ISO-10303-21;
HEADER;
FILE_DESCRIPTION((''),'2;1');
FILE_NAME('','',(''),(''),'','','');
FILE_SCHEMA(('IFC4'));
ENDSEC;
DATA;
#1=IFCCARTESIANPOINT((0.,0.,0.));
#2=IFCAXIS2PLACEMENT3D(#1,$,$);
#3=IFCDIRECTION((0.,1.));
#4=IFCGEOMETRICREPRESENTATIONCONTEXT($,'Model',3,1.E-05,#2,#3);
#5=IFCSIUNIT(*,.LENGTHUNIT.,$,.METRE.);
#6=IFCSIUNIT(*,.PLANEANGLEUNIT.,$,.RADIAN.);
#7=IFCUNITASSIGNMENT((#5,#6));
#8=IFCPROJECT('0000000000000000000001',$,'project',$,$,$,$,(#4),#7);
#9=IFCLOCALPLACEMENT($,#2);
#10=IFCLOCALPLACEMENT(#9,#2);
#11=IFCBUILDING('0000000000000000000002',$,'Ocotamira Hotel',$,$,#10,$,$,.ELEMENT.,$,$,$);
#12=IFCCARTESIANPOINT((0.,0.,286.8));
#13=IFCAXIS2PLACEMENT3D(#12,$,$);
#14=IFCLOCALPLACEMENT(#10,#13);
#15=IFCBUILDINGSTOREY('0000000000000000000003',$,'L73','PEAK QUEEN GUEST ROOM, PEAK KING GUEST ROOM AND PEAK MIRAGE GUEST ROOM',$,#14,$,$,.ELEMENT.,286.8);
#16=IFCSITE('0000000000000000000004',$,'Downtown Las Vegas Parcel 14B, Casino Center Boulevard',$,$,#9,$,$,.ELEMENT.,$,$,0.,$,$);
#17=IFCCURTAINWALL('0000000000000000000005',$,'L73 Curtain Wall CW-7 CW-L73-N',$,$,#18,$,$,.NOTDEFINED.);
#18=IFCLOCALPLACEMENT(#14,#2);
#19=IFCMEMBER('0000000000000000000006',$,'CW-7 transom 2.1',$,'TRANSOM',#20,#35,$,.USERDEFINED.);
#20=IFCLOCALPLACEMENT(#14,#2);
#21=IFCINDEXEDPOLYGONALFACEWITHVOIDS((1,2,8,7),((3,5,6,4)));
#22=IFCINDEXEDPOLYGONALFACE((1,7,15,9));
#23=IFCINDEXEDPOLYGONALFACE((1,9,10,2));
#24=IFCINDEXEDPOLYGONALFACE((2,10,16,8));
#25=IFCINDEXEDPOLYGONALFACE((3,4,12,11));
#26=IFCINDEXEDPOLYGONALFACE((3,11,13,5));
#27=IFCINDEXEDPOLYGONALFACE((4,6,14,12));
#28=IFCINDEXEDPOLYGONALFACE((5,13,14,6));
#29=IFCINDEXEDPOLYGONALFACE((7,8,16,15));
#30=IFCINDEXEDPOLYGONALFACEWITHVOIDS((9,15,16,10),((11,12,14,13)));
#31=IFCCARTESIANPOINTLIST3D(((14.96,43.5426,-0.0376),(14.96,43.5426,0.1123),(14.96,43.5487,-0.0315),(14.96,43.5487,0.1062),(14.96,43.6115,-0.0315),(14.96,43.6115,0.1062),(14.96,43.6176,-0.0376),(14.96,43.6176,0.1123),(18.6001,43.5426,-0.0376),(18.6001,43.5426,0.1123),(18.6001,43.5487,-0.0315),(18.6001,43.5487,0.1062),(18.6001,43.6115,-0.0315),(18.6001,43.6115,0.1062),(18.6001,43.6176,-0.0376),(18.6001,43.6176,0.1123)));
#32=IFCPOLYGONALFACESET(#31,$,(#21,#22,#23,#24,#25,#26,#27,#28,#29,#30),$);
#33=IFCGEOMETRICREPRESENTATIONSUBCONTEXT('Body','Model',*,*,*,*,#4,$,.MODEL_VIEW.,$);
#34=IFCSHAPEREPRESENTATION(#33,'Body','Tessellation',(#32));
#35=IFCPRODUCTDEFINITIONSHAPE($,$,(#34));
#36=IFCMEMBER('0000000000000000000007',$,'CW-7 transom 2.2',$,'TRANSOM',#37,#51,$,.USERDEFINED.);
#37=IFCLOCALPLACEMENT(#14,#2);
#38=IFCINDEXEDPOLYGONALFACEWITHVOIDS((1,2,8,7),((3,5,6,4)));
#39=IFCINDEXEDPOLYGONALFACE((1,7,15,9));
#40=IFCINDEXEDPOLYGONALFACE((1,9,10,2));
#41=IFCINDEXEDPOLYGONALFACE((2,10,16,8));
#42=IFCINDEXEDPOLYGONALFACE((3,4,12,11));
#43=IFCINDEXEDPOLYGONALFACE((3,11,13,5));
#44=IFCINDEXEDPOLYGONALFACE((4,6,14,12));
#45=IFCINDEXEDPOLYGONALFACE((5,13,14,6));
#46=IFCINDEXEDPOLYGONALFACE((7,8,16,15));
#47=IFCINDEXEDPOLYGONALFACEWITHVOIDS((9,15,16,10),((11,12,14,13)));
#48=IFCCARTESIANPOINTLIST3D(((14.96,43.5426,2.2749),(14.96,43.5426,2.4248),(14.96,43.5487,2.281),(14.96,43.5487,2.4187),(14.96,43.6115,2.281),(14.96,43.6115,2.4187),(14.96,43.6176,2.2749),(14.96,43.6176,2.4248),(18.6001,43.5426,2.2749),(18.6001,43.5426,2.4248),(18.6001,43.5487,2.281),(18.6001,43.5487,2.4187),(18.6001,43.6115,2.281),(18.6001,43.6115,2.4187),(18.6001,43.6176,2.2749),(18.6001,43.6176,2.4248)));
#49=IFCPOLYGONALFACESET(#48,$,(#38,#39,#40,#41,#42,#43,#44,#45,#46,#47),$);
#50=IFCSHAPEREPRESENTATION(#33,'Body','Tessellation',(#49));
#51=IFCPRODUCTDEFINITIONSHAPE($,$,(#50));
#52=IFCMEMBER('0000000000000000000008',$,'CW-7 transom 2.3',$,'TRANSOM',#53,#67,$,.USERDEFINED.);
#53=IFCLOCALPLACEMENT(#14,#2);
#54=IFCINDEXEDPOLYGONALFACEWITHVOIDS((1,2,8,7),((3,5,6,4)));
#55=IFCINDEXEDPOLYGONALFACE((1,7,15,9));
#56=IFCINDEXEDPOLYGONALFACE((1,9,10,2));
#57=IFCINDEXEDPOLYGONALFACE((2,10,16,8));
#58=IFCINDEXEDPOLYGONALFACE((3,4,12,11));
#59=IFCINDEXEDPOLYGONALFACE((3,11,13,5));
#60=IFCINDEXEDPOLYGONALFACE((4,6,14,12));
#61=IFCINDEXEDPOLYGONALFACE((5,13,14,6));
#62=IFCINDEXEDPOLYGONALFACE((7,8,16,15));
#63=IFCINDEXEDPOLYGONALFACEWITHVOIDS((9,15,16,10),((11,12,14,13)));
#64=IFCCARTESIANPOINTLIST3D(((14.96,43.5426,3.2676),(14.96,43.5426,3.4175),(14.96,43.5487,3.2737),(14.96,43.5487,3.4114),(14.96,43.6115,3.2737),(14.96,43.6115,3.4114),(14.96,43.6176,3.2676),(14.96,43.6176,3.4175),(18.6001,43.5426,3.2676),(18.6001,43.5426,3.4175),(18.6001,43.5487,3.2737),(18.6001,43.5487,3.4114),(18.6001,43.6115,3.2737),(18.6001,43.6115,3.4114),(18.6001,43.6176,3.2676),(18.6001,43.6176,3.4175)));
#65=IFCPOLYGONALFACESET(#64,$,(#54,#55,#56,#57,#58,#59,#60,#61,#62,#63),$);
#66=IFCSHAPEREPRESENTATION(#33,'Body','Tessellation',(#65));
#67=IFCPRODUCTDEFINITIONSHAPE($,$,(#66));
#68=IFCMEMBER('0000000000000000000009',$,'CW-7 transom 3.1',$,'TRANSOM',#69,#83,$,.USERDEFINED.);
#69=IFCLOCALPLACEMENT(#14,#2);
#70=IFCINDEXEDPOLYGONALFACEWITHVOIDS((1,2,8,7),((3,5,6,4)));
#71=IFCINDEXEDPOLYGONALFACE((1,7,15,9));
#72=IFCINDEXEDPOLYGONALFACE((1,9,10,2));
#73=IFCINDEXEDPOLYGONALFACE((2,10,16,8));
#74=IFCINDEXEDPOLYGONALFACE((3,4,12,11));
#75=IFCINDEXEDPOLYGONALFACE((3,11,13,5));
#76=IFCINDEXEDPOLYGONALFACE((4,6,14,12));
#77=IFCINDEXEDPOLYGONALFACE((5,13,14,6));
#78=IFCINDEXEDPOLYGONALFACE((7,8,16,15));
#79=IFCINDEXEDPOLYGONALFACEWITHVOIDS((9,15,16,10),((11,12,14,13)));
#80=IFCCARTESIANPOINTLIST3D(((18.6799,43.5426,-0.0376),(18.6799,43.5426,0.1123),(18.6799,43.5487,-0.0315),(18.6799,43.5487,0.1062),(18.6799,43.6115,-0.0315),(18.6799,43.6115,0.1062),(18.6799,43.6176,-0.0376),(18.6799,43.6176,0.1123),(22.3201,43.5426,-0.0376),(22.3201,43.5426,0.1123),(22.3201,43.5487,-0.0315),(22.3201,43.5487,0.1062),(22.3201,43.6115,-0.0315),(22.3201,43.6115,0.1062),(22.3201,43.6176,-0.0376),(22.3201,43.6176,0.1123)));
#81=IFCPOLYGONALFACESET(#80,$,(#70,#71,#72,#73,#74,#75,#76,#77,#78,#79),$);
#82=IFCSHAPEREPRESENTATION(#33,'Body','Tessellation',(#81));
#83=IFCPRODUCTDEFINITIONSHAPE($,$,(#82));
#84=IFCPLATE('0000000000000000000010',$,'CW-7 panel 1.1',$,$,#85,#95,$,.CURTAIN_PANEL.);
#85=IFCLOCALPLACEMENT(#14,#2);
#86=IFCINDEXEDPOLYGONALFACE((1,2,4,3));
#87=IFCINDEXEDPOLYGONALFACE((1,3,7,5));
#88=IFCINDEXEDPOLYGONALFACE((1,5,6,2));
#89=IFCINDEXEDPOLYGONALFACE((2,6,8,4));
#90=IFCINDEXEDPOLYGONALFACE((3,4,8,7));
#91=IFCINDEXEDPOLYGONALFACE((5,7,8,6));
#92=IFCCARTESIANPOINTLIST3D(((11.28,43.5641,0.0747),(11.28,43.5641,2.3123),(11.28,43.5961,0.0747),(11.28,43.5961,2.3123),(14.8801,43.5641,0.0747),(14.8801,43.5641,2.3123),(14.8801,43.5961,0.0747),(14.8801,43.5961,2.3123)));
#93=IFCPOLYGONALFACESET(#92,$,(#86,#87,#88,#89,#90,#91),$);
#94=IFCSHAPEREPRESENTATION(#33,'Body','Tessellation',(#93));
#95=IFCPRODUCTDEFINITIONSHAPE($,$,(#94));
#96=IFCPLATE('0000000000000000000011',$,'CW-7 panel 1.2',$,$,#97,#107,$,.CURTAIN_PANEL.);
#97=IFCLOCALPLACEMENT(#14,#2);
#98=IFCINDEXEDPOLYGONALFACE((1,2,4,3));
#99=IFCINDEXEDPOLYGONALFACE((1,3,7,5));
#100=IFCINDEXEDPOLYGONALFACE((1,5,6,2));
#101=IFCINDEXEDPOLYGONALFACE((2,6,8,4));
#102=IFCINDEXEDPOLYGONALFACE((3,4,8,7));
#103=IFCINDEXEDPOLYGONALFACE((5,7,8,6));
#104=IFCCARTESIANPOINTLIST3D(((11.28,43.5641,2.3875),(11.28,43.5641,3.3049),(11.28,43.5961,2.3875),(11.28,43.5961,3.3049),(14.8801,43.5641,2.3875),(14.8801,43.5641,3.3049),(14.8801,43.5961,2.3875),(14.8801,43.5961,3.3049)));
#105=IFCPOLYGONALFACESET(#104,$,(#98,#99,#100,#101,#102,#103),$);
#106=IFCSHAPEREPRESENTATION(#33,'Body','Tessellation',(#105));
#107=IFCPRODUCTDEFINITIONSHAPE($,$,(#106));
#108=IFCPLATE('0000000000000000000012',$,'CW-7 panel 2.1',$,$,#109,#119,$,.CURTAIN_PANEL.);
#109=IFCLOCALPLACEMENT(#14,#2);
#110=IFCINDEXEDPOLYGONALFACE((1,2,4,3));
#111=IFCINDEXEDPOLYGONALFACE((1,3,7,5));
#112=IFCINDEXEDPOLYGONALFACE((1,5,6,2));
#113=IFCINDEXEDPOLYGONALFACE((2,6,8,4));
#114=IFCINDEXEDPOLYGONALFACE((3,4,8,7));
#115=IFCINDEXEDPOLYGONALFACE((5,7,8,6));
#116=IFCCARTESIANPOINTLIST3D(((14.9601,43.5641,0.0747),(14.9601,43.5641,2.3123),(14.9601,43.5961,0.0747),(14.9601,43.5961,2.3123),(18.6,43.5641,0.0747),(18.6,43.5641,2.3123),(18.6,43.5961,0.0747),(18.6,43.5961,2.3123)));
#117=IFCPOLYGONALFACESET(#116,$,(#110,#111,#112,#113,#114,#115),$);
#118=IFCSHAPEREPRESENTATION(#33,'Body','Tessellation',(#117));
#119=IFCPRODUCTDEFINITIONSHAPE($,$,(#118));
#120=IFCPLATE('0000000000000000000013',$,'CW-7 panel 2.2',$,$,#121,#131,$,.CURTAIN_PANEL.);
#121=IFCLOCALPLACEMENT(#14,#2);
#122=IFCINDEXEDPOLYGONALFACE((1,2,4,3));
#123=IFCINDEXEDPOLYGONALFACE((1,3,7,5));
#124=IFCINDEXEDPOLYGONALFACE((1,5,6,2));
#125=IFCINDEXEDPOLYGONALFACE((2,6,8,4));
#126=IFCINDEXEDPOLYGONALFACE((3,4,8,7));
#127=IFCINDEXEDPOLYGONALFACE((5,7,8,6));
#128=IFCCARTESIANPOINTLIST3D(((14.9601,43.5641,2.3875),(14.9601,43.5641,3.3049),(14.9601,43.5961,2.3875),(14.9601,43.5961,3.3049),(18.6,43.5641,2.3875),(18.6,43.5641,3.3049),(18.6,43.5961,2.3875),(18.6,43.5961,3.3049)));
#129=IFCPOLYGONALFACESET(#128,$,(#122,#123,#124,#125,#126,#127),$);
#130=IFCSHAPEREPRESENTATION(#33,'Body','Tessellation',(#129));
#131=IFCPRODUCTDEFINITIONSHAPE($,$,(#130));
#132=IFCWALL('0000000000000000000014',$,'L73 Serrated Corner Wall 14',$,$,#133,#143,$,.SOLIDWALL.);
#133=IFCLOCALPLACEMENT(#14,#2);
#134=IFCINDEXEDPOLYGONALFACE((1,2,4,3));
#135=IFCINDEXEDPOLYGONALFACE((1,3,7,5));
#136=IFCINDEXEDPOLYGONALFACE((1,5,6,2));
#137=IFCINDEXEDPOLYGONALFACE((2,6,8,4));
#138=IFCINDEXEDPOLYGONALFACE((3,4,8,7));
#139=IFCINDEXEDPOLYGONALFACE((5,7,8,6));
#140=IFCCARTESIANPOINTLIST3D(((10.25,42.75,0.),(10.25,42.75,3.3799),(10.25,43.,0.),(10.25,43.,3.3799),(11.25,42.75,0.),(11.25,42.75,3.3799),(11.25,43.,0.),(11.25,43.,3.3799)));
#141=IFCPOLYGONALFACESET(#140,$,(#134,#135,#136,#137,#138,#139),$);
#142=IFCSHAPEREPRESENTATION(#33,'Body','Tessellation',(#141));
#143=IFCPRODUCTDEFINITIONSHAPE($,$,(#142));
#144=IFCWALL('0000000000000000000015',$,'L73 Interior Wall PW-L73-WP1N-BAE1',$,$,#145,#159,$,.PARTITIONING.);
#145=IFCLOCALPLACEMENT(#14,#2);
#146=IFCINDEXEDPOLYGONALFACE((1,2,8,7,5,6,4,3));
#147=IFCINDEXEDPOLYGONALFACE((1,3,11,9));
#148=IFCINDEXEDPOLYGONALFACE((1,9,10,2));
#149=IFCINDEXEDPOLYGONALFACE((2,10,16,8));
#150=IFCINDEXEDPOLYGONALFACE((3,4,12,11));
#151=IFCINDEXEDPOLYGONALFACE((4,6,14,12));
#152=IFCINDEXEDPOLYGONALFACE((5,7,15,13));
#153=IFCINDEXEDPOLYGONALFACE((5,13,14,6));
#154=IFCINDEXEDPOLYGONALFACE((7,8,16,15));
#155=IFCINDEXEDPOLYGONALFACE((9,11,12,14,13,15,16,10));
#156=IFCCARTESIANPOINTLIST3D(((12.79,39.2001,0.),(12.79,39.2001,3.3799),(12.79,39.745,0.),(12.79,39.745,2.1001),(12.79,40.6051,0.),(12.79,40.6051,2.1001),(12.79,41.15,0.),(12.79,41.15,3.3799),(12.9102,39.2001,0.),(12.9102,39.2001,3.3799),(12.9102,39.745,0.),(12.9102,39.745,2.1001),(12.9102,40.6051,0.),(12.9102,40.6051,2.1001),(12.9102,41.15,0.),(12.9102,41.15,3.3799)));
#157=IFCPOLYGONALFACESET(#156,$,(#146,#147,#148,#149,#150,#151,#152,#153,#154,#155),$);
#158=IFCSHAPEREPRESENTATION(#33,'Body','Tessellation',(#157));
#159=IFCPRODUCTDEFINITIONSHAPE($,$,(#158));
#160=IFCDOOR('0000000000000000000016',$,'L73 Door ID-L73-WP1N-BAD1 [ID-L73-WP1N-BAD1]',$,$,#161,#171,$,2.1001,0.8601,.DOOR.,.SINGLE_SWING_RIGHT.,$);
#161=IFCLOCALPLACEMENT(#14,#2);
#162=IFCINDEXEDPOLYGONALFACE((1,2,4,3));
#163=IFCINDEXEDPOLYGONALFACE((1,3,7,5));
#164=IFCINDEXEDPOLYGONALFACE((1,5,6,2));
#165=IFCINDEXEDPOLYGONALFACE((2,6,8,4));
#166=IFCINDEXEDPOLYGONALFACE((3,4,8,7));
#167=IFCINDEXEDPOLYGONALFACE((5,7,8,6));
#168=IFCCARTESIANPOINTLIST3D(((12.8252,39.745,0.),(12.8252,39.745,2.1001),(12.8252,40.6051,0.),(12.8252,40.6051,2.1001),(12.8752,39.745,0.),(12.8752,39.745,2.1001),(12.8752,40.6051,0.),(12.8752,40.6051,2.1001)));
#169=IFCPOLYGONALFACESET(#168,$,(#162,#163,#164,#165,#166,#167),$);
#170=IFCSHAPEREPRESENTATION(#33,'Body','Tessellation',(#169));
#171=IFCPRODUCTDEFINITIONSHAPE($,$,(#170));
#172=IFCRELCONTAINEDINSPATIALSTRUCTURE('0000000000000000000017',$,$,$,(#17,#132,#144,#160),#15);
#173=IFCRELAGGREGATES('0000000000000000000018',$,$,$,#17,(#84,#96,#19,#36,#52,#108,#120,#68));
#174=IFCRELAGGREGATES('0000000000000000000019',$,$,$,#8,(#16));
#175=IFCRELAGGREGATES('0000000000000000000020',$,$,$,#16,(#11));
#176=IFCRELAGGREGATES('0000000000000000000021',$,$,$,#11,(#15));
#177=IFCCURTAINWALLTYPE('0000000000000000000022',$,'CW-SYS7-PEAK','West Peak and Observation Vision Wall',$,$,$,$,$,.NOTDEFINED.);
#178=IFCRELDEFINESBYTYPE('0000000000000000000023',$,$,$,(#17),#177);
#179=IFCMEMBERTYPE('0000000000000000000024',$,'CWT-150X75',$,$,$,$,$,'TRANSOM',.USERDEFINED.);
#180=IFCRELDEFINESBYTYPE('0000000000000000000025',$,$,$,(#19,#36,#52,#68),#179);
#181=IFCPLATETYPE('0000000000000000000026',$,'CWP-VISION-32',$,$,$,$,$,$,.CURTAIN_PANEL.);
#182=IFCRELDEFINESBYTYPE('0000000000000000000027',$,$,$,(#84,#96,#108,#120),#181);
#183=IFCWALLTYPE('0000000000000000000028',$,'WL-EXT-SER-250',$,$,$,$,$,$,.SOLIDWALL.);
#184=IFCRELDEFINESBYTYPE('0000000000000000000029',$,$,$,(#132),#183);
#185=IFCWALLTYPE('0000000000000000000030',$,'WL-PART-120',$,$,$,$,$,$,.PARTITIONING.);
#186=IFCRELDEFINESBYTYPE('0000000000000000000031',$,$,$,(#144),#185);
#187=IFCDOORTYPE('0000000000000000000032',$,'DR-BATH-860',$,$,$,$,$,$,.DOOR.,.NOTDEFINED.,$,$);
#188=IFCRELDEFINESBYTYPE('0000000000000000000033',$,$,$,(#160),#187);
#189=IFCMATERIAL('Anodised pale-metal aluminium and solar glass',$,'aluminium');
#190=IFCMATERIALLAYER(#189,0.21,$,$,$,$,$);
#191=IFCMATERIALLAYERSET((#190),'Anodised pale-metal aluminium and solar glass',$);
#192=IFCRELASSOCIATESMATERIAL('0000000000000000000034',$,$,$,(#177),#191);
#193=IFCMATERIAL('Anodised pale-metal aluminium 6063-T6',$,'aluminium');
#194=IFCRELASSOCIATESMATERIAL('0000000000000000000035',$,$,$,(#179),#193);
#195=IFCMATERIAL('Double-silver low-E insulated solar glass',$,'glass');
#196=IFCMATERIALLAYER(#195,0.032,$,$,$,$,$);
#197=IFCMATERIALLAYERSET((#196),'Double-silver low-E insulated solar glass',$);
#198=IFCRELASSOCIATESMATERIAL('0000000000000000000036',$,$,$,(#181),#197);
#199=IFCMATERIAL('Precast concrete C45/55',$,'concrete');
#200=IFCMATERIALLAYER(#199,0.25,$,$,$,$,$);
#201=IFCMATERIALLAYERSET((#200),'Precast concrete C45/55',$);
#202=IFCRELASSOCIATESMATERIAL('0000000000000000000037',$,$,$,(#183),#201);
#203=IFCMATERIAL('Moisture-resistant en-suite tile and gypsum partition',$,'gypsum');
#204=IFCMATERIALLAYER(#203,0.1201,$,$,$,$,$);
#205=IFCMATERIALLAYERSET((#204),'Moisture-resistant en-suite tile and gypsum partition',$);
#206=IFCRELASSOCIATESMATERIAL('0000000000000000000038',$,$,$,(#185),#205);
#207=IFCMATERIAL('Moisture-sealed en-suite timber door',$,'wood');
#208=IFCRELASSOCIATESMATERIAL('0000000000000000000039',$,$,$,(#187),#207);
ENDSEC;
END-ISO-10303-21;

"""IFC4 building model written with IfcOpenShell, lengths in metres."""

from ifc_helpers import new_model, si_unit, direction, frame, frame_2d, origin, origin_2d, place, context, subcontext, project, spatial, rectangle, hollow_rectangle, extrude, source, transform, mapped, material, layer, layer_set, material_profile, profile_set, type_object, element, fill, aggregate, save


model = new_model("IFC4")

# Units and contexts
model_context = context("Model", 3, precision=1e-05, world=origin(), true_north=direction((0.0, 1.0)))
body_context = subcontext(model_context, "Body", "Model", "MODEL_VIEW")
ifc_project = project(units=[si_unit("LENGTHUNIT", "METRE"), si_unit("PLANEANGLEUNIT", "RADIAN")], contexts=[model_context])

# Site, building, storey
site_placement = place(None, origin())
site = spatial("IfcSite", under=ifc_project, at=site_placement, Name="Downtown Las Vegas Parcel 14B, Casino Center Boulevard", CompositionType="ELEMENT", RefElevation=0.0)
building_placement = place(site_placement, origin())
building = spatial("IfcBuilding", under=site, at=building_placement, Name="Ocotamira Hotel", CompositionType="ELEMENT")
storey_placement = place(building_placement, frame((0.0, 0.0, 286.8)))
storey = spatial("IfcBuildingStorey", under=building, at=storey_placement, Name="L73", Description="PEAK QUEEN GUEST ROOM, PEAK KING GUEST ROOM AND PEAK MIRAGE GUEST ROOM", CompositionType="ELEMENT", Elevation=286.8)

# Curtain wall, members, plates
ifc_material_1 = material(Name="Anodised pale-metal aluminium and solar glass", Category="aluminium")
ifc_layer_1 = layer(ifc_material_1, 0.21)
ifc_layer_set_1 = layer_set([ifc_layer_1], Name="Anodised pale-metal aluminium and solar glass")
curtain_wall_type = type_object("IfcCurtainWallType", Name="CW-SYS7-PEAK", Description="West Peak and Observation Vision Wall", PredefinedType="NOTDEFINED", material=ifc_layer_set_1)
curtain_wall_placement = place(storey_placement, origin())
curtain_wall = element("IfcCurtainWall", 1, at=curtain_wall_placement, inside=storey, type_object=curtain_wall_type, Name="L73 Curtain Wall CW-7 CW-L73-N", PredefinedType="NOTDEFINED")
ifc_material_2 = material(Name="Anodised pale-metal aluminium 6063-T6", Category="aluminium")
ifc_material_profile_1 = material_profile(ifc_material_2, hollow_rectangle(XDim=0.075, YDim=0.1499, WallThickness=0.0061, at=origin_2d()), Name="HSS150X75X6")
ifc_profile_set_1 = profile_set([ifc_material_profile_1], Name="Anodised pale-metal aluminium 6063-T6")
member_type_1 = type_object("IfcMemberType", Name="CWT-150X75", ElementType="TRANSOM", PredefinedType="USERDEFINED", material=ifc_profile_set_1)
shared_shape_1 = source(origin(), body_context, "Body", "SweptSolid", [
    extrude(hollow_rectangle(XDim=0.075, YDim=0.1499, WallThickness=0.0061, at=origin_2d()), origin(), (0.0, 0.0, 1.0), 3.6401),
])
member_1_placement = place(storey_placement, frame((14.96, 43.5801, 0.0374), z_axis=(1.0, 0.0, 0.0), x_axis=(0.0, 1.0, 0.0)))
member_1 = element("IfcMember", 2, at=member_1_placement, type_object=member_type_1, Name="CW-7 transom 2.1", ObjectType="TRANSOM", PredefinedType="USERDEFINED", context=body_context, shape_type="MappedRepresentation", body=[
    mapped(shared_shape_1, transform((0.0, 0.0, 0.0), scale=1.0)),
])
member_2_placement = place(storey_placement, frame((14.96, 43.5801, 2.3499), z_axis=(1.0, 0.0, 0.0), x_axis=(0.0, 1.0, 0.0)))
member_2 = element("IfcMember", 3, at=member_2_placement, type_object=member_type_1, Name="CW-7 transom 2.2", ObjectType="TRANSOM", PredefinedType="USERDEFINED", context=body_context, shape_type="MappedRepresentation", body=[
    mapped(shared_shape_1, transform((0.0, 0.0, 0.0), scale=1.0)),
])
member_3_placement = place(storey_placement, frame((14.96, 43.5801, 3.3425), z_axis=(1.0, 0.0, 0.0), x_axis=(0.0, 1.0, 0.0)))
member_3 = element("IfcMember", 4, at=member_3_placement, type_object=member_type_1, Name="CW-7 transom 2.3", ObjectType="TRANSOM", PredefinedType="USERDEFINED", context=body_context, shape_type="MappedRepresentation", body=[
    mapped(shared_shape_1, transform((0.0, 0.0, 0.0), scale=1.0)),
])
member_4_placement = place(storey_placement, frame((18.6799, 43.5801, 0.0374), z_axis=(1.0, 0.0, 0.0), x_axis=(0.0, 1.0, 0.0)))
member_4 = element("IfcMember", 5, at=member_4_placement, type_object=member_type_1, Name="CW-7 transom 3.1", ObjectType="TRANSOM", PredefinedType="USERDEFINED", context=body_context, shape_type="MappedRepresentation", body=[
    mapped(shared_shape_1, transform((0.0, 0.0, 0.0), scale=1.0)),
])
ifc_material_3 = material(Name="Double-silver low-E insulated solar glass", Category="glass")
ifc_layer_2 = layer(ifc_material_3, 0.032)
ifc_layer_set_2 = layer_set([ifc_layer_2], Name="Double-silver low-E insulated solar glass")
plate_type = type_object("IfcPlateType", Name="CWP-VISION-32", PredefinedType="CURTAIN_PANEL", material=ifc_layer_set_2)
shared_shape_2 = source(origin(), body_context, "Body", "SweptSolid", [
    extrude(rectangle(XDim=3.6001, YDim=0.032, at=origin_2d()), origin(), (0.0, 0.0, 1.0), 2.2375),
])
plate_1_placement = place(storey_placement, frame((13.0801, 43.5801, 0.0747), z_axis=(0.0, 0.0, 1.0), x_axis=(1.0, 0.0, 0.0)))
plate_1 = element("IfcPlate", 6, at=plate_1_placement, type_object=plate_type, Name="CW-7 panel 1.1", PredefinedType="CURTAIN_PANEL", context=body_context, shape_type="MappedRepresentation", body=[
    mapped(shared_shape_2, transform((0.0, 0.0, 0.0), scale=1.0)),
])
shared_shape_3 = source(origin(), body_context, "Body", "SweptSolid", [
    extrude(rectangle(XDim=3.6001, YDim=0.032, at=origin_2d()), origin(), (0.0, 0.0, 1.0), 0.9175),
])
plate_2_placement = place(storey_placement, frame((13.0801, 43.5801, 2.3875), z_axis=(0.0, 0.0, 1.0), x_axis=(1.0, 0.0, 0.0)))
plate_2 = element("IfcPlate", 7, at=plate_2_placement, type_object=plate_type, Name="CW-7 panel 1.2", PredefinedType="CURTAIN_PANEL", context=body_context, shape_type="MappedRepresentation", body=[
    mapped(shared_shape_3, transform((0.0, 0.0, 0.0), scale=1.0)),
])
shared_shape_4 = source(origin(), body_context, "Body", "SweptSolid", [
    extrude(rectangle(XDim=3.6399, YDim=0.032, at=origin_2d()), origin(), (0.0, 0.0, 1.0), 2.2375),
])
plate_3_placement = place(storey_placement, frame((16.78, 43.5801, 0.0747), z_axis=(0.0, 0.0, 1.0), x_axis=(1.0, 0.0, 0.0)))
plate_3 = element("IfcPlate", 8, at=plate_3_placement, type_object=plate_type, Name="CW-7 panel 2.1", PredefinedType="CURTAIN_PANEL", context=body_context, shape_type="MappedRepresentation", body=[
    mapped(shared_shape_4, transform((0.0, 0.0, 0.0), scale=1.0)),
])
shared_shape_5 = source(origin(), body_context, "Body", "SweptSolid", [
    extrude(rectangle(XDim=3.6399, YDim=0.032, at=origin_2d()), origin(), (0.0, 0.0, 1.0), 0.9175),
])
plate_4_placement = place(storey_placement, frame((16.78, 43.5801, 2.3875), z_axis=(0.0, 0.0, 1.0), x_axis=(1.0, 0.0, 0.0)))
plate_4 = element("IfcPlate", 9, at=plate_4_placement, type_object=plate_type, Name="CW-7 panel 2.2", PredefinedType="CURTAIN_PANEL", context=body_context, shape_type="MappedRepresentation", body=[
    mapped(shared_shape_5, transform((0.0, 0.0, 0.0), scale=1.0)),
])
aggregate(curtain_wall, [plate_1, plate_2, member_1, member_2, member_3, plate_3, plate_4, member_4])

# Wall
ifc_material_4 = material(Name="Precast concrete C45/55", Category="concrete")
ifc_layer_3 = layer(ifc_material_4, 0.25)
ifc_layer_set_3 = layer_set([ifc_layer_3], Name="Precast concrete C45/55")
wall_type_1 = type_object("IfcWallType", Name="WL-EXT-SER-250", PredefinedType="SOLIDWALL", material=ifc_layer_set_3)
wall_1_placement = place(storey_placement, frame((11.25, 42.875, 0.0), z_axis=(0.0, 0.0, 1.0), x_axis=(-1.0, 0.0, 0.0)))
element("IfcWall", 10, at=wall_1_placement, inside=storey, type_object=wall_type_1, Name="L73 Serrated Corner Wall 14", PredefinedType="SOLIDWALL", context=body_context, shape_type="SweptSolid", body=[
    extrude(rectangle(XDim=1.0, YDim=0.25, at=frame_2d((0.5, 0.0))), origin(), (0.0, 0.0, 1.0), 3.3799),
])

# Wall, opening, door
ifc_material_5 = material(Name="Moisture-resistant en-suite tile and gypsum partition", Category="gypsum")
ifc_layer_4 = layer(ifc_material_5, 0.1201)
ifc_layer_set_4 = layer_set([ifc_layer_4], Name="Moisture-resistant en-suite tile and gypsum partition")
wall_type_2 = type_object("IfcWallType", Name="WL-PART-120", PredefinedType="PARTITIONING", material=ifc_layer_set_4)
wall_2_placement = place(storey_placement, frame((12.8501, 39.2, 0.0), z_axis=(0.0, 0.0, 1.0), x_axis=(0.0, 1.0, 0.0)))
wall_2 = element("IfcWall", 11, at=wall_2_placement, inside=storey, type_object=wall_type_2, Name="L73 Interior Wall PW-L73-WP1N-BAE1", PredefinedType="PARTITIONING", context=body_context, shape_type="SweptSolid", body=[
    extrude(rectangle(XDim=1.95, YDim=0.1201, at=frame_2d((0.9751, 0.0))), origin(), (0.0, 0.0, 1.0), 3.3799),
])
opening_placement = place(wall_2_placement, frame((0.5449, 0.0, 0.0)))
opening = element("IfcOpeningElement", 12, at=opening_placement, cuts=wall_2, PredefinedType="OPENING", context=body_context, shape_type="SweptSolid", body=[
    extrude(rectangle(XDim=0.8601, YDim=2.1001, at=frame_2d((0.4302, 1.05))), frame((0.0, 0.0701, 0.0), z_axis=(0.0, -1.0, 0.0), x_axis=(1.0, 0.0, 0.0)), (0.0, 0.0, 1.0), 0.1401),
])
ifc_material_6 = material(Name="Moisture-sealed en-suite timber door", Category="wood")
door_type = type_object("IfcDoorType", Name="DR-BATH-860", OperationType="NOTDEFINED", PredefinedType="DOOR", material=ifc_material_6)
shared_shape_6 = source(origin(), body_context, "Body", "SweptSolid", [
    extrude(rectangle(XDim=0.8601, YDim=2.1001, at=frame_2d((0.4302, 1.05))), frame((0.0, 0.0249, 0.0), z_axis=(0.0, -1.0, 0.0), x_axis=(1.0, 0.0, 0.0)), (0.0, 0.0, 1.0), 0.05),
])
door_placement = place(opening_placement, origin())
door = element("IfcDoor", 13, at=door_placement, inside=storey, type_object=door_type, Name="L73 Door ID-L73-WP1N-BAD1 [ID-L73-WP1N-BAD1]", OperationType="SINGLE_SWING_RIGHT", OverallHeight=2.1001, OverallWidth=0.8601, PredefinedType="DOOR", context=body_context, shape_type="MappedRepresentation", body=[
    mapped(shared_shape_6, transform((0.0, 0.0, 0.0), scale=1.0)),
])
fill(opening, door)

save(model, "model.ifc")
